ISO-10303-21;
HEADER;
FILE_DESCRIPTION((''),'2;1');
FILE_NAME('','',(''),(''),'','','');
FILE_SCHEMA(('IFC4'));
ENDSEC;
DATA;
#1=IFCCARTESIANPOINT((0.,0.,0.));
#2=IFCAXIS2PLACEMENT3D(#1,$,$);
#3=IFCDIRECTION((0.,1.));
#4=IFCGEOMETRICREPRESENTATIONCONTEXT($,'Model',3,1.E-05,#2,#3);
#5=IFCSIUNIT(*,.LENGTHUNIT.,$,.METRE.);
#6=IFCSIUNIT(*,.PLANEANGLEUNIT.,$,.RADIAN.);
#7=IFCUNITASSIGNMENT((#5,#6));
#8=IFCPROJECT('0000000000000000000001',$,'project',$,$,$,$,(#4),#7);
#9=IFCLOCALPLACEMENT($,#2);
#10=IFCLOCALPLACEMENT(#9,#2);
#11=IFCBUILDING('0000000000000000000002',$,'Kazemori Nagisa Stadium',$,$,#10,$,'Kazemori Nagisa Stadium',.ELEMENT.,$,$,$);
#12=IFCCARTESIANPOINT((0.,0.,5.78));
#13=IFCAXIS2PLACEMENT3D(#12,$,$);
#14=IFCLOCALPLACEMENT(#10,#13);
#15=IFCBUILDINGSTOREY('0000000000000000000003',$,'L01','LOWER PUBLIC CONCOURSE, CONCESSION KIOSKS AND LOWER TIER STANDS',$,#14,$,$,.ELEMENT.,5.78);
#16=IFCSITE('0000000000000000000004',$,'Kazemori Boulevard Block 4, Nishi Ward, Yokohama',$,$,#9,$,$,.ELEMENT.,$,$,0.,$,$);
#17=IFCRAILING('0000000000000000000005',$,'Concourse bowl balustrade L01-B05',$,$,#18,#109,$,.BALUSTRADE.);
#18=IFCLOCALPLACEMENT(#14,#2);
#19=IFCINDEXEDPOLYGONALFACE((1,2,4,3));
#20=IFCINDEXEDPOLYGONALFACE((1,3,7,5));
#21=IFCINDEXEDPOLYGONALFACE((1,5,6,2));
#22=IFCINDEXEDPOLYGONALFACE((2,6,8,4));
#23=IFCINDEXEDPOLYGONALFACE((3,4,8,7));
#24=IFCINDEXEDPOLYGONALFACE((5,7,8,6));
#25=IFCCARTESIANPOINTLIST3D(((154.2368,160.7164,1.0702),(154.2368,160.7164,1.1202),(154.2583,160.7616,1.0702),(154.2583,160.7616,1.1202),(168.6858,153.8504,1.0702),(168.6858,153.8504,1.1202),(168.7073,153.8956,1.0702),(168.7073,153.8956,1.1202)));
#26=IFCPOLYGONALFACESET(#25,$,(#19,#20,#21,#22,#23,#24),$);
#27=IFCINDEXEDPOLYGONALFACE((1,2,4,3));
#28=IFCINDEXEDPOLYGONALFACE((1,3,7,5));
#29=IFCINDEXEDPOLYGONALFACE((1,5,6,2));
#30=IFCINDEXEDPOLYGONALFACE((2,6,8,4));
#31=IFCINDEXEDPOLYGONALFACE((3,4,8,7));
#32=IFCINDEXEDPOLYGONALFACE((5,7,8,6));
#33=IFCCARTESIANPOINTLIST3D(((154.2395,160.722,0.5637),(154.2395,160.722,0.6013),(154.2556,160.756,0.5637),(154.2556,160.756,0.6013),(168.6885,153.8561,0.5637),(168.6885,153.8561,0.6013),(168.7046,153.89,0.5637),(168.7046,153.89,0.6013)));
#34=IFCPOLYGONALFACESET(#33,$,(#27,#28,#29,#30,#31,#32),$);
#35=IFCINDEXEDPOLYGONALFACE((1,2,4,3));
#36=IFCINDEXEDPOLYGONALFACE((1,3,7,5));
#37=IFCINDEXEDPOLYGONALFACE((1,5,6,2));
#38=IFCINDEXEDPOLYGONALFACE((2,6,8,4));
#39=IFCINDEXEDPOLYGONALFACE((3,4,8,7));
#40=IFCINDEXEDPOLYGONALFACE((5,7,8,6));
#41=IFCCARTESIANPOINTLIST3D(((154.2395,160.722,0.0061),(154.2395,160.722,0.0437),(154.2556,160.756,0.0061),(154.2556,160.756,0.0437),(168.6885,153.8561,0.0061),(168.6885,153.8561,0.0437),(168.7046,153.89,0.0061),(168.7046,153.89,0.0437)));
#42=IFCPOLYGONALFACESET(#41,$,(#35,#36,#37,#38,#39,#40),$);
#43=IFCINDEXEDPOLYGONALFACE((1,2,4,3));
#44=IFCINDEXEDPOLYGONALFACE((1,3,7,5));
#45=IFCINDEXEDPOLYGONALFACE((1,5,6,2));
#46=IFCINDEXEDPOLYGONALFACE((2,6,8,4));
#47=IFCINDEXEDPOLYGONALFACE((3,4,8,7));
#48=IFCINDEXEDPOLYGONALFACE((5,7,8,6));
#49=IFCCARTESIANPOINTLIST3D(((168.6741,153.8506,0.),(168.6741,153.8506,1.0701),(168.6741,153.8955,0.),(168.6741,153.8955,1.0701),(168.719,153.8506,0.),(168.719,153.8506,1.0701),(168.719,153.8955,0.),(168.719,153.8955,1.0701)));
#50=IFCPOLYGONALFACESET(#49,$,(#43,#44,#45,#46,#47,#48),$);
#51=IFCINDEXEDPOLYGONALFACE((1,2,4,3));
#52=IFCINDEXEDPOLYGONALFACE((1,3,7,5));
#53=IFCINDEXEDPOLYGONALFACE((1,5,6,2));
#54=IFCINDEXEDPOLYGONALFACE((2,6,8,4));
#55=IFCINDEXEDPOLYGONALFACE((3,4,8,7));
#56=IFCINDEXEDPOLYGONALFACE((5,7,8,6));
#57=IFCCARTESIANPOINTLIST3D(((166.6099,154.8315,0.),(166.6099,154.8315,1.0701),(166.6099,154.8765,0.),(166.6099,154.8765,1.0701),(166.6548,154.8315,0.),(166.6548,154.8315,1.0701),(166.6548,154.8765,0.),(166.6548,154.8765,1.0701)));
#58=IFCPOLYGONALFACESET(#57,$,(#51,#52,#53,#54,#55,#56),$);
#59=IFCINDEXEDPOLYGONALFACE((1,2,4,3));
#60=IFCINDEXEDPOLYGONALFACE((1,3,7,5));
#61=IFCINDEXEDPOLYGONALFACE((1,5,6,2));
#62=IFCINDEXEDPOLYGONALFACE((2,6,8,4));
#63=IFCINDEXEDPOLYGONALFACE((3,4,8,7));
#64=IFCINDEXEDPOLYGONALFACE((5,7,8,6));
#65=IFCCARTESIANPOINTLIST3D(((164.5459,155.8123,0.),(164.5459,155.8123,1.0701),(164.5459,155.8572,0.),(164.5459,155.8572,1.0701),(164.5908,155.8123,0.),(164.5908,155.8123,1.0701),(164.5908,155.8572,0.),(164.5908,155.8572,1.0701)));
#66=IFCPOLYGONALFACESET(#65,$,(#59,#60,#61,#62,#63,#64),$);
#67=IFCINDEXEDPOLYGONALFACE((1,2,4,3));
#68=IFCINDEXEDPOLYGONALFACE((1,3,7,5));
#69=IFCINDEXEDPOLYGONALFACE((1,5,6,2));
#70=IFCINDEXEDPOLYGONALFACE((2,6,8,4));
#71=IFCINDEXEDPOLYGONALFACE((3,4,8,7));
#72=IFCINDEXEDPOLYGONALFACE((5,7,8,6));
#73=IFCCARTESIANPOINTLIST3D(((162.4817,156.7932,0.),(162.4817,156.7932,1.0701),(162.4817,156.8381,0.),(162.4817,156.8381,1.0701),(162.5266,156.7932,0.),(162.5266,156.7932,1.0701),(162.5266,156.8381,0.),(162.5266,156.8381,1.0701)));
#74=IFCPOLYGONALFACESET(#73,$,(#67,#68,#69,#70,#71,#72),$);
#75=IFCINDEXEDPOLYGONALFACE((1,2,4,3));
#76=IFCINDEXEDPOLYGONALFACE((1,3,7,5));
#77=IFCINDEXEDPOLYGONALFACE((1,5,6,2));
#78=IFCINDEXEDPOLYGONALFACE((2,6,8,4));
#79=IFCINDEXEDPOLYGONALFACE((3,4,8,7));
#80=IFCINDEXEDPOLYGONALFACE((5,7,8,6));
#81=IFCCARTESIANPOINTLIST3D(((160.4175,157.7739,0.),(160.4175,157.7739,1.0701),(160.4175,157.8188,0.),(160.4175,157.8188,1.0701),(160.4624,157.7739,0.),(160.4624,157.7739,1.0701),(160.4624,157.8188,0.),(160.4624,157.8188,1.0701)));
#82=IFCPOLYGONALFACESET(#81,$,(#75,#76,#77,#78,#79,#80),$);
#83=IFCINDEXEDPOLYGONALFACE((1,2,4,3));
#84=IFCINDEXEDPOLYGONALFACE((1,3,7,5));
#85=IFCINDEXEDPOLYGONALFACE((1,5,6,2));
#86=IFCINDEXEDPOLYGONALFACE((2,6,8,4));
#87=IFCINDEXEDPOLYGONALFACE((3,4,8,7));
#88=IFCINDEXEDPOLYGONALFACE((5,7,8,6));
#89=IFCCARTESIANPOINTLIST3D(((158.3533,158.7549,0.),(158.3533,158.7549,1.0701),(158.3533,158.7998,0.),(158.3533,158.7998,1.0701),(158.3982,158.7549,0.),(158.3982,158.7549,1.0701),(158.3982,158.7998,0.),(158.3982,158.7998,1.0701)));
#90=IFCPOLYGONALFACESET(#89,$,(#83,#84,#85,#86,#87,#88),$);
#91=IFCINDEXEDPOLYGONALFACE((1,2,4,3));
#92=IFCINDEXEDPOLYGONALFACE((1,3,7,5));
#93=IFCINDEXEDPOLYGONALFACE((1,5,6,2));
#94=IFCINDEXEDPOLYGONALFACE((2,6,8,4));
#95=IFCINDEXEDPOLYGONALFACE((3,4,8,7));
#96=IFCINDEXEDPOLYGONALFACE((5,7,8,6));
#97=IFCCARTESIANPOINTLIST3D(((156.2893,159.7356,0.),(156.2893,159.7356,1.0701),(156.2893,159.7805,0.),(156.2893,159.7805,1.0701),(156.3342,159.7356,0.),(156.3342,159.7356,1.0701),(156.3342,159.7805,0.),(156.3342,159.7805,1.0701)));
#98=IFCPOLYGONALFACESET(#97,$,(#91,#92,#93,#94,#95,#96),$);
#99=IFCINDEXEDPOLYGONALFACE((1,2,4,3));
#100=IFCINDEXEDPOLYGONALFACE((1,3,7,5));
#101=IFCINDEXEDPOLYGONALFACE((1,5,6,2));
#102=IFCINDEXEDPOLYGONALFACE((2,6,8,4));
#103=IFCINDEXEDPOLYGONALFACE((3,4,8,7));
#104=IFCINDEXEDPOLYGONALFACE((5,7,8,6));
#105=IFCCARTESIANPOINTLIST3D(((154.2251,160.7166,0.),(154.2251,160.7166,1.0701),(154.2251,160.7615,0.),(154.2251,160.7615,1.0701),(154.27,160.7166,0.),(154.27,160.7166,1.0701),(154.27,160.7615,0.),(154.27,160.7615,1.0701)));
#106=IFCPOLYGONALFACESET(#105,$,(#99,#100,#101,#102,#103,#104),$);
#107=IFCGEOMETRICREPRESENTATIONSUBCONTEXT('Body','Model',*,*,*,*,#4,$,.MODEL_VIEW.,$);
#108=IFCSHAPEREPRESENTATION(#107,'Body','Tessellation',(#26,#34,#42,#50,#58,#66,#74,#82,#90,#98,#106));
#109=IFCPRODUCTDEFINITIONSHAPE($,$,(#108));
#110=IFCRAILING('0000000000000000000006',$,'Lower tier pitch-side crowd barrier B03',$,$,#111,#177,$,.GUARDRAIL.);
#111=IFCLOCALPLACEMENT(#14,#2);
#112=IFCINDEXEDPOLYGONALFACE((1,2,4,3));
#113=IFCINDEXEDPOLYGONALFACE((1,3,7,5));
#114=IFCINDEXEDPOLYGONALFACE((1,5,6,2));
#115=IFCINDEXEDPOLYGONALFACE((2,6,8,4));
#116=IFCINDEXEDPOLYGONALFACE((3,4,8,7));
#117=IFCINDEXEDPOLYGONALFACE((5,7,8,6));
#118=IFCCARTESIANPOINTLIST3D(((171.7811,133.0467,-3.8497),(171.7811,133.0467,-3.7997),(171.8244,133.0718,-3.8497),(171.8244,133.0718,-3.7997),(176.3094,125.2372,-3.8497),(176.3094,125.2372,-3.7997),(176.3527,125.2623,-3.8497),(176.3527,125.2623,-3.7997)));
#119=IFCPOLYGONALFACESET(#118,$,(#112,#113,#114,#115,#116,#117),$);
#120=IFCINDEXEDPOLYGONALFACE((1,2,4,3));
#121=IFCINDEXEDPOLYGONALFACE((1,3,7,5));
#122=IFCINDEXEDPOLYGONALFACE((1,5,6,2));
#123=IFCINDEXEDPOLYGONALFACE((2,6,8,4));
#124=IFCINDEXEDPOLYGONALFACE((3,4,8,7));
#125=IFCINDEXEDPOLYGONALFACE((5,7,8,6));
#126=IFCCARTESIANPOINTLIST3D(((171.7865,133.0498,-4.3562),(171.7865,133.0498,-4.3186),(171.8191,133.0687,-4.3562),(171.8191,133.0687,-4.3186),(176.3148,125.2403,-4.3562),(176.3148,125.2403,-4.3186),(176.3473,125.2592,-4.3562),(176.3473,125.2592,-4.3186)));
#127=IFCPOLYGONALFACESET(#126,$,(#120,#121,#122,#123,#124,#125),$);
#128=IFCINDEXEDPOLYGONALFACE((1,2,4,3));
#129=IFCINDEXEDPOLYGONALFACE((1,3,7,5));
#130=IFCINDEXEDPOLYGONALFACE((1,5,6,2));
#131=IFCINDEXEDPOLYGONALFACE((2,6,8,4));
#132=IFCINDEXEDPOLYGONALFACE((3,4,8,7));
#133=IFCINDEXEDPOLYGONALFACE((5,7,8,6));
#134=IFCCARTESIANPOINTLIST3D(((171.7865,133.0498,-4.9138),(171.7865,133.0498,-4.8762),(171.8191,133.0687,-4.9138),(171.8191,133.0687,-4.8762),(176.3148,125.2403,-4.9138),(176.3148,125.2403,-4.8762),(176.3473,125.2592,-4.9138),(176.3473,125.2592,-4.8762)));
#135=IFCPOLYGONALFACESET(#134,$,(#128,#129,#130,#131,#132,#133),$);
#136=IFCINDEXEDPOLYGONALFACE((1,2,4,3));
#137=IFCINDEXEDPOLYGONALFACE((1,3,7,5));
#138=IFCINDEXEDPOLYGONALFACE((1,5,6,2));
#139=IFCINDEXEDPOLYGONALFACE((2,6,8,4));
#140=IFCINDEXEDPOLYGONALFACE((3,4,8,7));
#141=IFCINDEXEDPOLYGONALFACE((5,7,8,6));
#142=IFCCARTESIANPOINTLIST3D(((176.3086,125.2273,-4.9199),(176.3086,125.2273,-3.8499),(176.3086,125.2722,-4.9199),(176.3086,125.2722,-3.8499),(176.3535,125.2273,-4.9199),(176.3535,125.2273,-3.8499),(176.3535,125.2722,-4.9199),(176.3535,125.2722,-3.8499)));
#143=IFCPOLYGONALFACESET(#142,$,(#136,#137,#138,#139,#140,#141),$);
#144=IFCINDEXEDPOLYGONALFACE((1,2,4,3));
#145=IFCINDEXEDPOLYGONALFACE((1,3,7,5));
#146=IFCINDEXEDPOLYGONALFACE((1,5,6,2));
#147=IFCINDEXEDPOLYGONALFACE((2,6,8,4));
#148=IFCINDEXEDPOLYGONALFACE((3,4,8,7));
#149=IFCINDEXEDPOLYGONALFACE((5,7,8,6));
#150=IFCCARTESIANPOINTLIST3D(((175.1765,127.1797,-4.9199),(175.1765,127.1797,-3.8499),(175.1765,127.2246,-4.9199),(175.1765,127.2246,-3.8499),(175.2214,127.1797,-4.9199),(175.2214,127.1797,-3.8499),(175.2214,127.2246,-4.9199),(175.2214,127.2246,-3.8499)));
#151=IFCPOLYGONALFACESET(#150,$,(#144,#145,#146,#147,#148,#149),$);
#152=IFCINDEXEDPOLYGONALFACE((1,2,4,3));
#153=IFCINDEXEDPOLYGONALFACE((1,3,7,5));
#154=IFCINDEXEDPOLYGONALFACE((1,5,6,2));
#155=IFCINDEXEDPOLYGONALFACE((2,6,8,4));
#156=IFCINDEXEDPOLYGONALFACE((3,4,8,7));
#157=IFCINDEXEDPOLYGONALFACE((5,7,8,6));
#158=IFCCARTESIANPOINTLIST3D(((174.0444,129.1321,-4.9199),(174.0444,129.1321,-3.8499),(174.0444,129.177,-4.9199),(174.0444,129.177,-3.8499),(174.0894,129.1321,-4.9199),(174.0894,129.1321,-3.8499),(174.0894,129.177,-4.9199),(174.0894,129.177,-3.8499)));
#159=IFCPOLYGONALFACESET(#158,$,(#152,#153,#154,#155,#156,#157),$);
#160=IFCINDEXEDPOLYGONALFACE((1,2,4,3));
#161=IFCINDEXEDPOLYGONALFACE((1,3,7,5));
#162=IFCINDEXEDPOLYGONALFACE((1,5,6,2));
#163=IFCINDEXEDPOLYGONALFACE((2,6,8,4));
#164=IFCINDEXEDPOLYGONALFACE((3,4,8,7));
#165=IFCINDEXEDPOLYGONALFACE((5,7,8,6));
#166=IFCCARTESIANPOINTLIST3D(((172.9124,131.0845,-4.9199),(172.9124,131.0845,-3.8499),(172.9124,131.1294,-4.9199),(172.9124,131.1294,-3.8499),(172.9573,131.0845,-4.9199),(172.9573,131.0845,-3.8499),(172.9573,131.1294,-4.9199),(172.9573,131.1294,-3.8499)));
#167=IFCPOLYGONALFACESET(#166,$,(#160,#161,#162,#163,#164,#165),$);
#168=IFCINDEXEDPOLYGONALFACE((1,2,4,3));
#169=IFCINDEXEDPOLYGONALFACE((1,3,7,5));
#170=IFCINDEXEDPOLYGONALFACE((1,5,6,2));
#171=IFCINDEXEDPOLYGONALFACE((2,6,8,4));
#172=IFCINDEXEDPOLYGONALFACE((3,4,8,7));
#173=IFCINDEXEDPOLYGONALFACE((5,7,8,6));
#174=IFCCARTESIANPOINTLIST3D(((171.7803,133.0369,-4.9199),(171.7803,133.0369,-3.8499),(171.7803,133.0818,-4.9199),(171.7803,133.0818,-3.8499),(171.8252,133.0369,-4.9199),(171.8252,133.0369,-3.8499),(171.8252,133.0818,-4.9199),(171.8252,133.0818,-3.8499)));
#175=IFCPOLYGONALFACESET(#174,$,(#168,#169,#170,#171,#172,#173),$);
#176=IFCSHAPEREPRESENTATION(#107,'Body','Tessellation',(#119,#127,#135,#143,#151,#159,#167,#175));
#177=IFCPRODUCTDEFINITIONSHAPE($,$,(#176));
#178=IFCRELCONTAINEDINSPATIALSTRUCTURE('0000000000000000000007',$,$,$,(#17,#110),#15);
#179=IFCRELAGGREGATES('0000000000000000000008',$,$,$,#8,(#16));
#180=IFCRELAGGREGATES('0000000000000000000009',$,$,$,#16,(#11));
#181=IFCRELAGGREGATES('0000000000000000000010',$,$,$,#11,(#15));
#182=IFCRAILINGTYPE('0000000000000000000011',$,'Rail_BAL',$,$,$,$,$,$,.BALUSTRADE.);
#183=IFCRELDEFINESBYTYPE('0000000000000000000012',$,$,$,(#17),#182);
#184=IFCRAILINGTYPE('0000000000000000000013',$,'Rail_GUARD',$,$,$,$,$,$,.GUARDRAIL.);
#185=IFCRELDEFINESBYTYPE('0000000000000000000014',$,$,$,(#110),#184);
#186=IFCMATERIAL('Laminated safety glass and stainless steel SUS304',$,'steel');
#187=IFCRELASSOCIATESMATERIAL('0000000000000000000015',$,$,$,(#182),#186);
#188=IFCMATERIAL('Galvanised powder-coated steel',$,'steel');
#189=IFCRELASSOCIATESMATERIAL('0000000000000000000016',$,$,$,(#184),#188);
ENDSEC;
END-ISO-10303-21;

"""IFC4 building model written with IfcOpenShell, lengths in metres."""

from ifc_helpers import new_model, si_unit, direction, frame, origin, origin_2d, place, context, subcontext, project, spatial, rectangle, extrude, material, type_object, element, save


model = new_model("IFC4")

# Units and contexts
model_context = context("Model", 3, precision=1e-05, world=origin(), true_north=direction((0.0, 1.0)))
body_context = subcontext(model_context, "Body", "Model", "MODEL_VIEW")
ifc_project = project(units=[si_unit("LENGTHUNIT", "METRE"), si_unit("PLANEANGLEUNIT", "RADIAN")], contexts=[model_context])

# Site, building, storey
site_placement = place(None, origin())
site = spatial("IfcSite", under=ifc_project, at=site_placement, Name="Kazemori Boulevard Block 4, Nishi Ward, Yokohama", CompositionType="ELEMENT", RefElevation=0.0)
building_placement = place(site_placement, origin())
building = spatial("IfcBuilding", under=site, at=building_placement, Name="Kazemori Nagisa Stadium", LongName="Kazemori Nagisa Stadium", CompositionType="ELEMENT")
storey_placement = place(building_placement, frame((0.0, 0.0, 5.78)))
storey = spatial("IfcBuildingStorey", under=building, at=storey_placement, Name="L01", Description="LOWER PUBLIC CONCOURSE, CONCESSION KIOSKS AND LOWER TIER STANDS", CompositionType="ELEMENT", Elevation=5.78)

# Railings
ifc_material_1 = material(Name="Laminated safety glass and stainless steel SUS304", Category="steel")
railing_type_1 = type_object("IfcRailingType", Name="Rail_BAL", PredefinedType="BALUSTRADE", material=ifc_material_1)
railing_1_placement = place(storey_placement, frame((168.6965, 153.873, 0.0)))
element("IfcRailing", 1, at=railing_1_placement, inside=storey, type_object=railing_type_1, Name="Concourse bowl balustrade L01-B05", PredefinedType="BALUSTRADE", context=body_context, shape_type="SweptSolid", body=[
    extrude(rectangle(XDim=0.05, YDim=0.05, at=origin_2d()), frame((0.0, 0.0, 1.0952), z_axis=(-0.903212, 0.429195, 0.0), x_axis=(-0.429195, -0.903212, 0.0)), (0.0, 0.0, 1.0), 15.9973),
    extrude(rectangle(XDim=0.0376, YDim=0.0376, at=origin_2d()), frame((0.0, 0.0, 0.5825), z_axis=(-0.903212, 0.429195, 0.0), x_axis=(-0.429195, -0.903212, 0.0)), (0.0, 0.0, 1.0), 15.9973),
    extrude(rectangle(XDim=0.0376, YDim=0.0376, at=origin_2d()), frame((0.0, 0.0, 0.0249), z_axis=(-0.903212, 0.429195, 0.0), x_axis=(-0.429195, -0.903212, 0.0)), (0.0, 0.0, 1.0), 15.9973),
    extrude(rectangle(XDim=0.0449, YDim=0.0449, at=origin_2d()), origin(), (0.0, 0.0, 1.0), 1.0701),
    extrude(rectangle(XDim=0.0449, YDim=0.0449, at=origin_2d()), frame((-2.0642, 0.981, 0.0)), (0.0, 0.0, 1.0), 1.0701),
    extrude(rectangle(XDim=0.0449, YDim=0.0449, at=origin_2d()), frame((-4.1282, 1.9617, 0.0)), (0.0, 0.0, 1.0), 1.0701),
    extrude(rectangle(XDim=0.0449, YDim=0.0449, at=origin_2d()), frame((-6.1924, 2.9426, 0.0)), (0.0, 0.0, 1.0), 1.0701),
    extrude(rectangle(XDim=0.0449, YDim=0.0449, at=origin_2d()), frame((-8.2566, 3.9233, 0.0)), (0.0, 0.0, 1.0), 1.0701),
    extrude(rectangle(XDim=0.0449, YDim=0.0449, at=origin_2d()), frame((-10.3208, 4.9043, 0.0)), (0.0, 0.0, 1.0), 1.0701),
    extrude(rectangle(XDim=0.0449, YDim=0.0449, at=origin_2d()), frame((-12.3848, 5.885, 0.0)), (0.0, 0.0, 1.0), 1.0701),
    extrude(rectangle(XDim=0.0449, YDim=0.0449, at=origin_2d()), frame((-14.449, 6.866, 0.0)), (0.0, 0.0, 1.0), 1.0701),
])
ifc_material_2 = material(Name="Galvanised powder-coated steel", Category="steel")
railing_type_2 = type_object("IfcRailingType", Name="Rail_GUARD", PredefinedType="GUARDRAIL", material=ifc_material_2)
railing_2_placement = place(storey_placement, frame((176.3311, 125.2498, -4.9199)))
element("IfcRailing", 2, at=railing_2_placement, inside=storey, type_object=railing_type_2, Name="Lower tier pitch-side crowd barrier B03", PredefinedType="GUARDRAIL", context=body_context, shape_type="SweptSolid", body=[
    extrude(rectangle(XDim=0.05, YDim=0.05, at=origin_2d()), frame((0.0, 0.0, 1.0952), z_axis=(-0.501616, 0.86509, 0.0), x_axis=(-0.86509, -0.501616, 0.0)), (0.0, 0.0, 1.0), 9.0273),
    extrude(rectangle(XDim=0.0376, YDim=0.0376, at=origin_2d()), frame((0.0, 0.0, 0.5825), z_axis=(-0.501616, 0.86509, 0.0), x_axis=(-0.86509, -0.501616, 0.0)), (0.0, 0.0, 1.0), 9.0273),
    extrude(rectangle(XDim=0.0376, YDim=0.0376, at=origin_2d()), frame((0.0, 0.0, 0.0249), z_axis=(-0.501616, 0.86509, 0.0), x_axis=(-0.86509, -0.501616, 0.0)), (0.0, 0.0, 1.0), 9.0273),
    extrude(rectangle(XDim=0.0449, YDim=0.0449, at=origin_2d()), origin(), (0.0, 0.0, 1.0), 1.0701),
    extrude(rectangle(XDim=0.0449, YDim=0.0449, at=origin_2d()), frame((-1.1321, 1.9524, 0.0)), (0.0, 0.0, 1.0), 1.0701),
    extrude(rectangle(XDim=0.0449, YDim=0.0449, at=origin_2d()), frame((-2.2642, 3.9048, 0.0)), (0.0, 0.0, 1.0), 1.0701),
    extrude(rectangle(XDim=0.0449, YDim=0.0449, at=origin_2d()), frame((-3.3962, 5.8572, 0.0)), (0.0, 0.0, 1.0), 1.0701),
    extrude(rectangle(XDim=0.0449, YDim=0.0449, at=origin_2d()), frame((-4.5283, 7.8096, 0.0)), (0.0, 0.0, 1.0), 1.0701),
])

save(model, "model.ifc")
